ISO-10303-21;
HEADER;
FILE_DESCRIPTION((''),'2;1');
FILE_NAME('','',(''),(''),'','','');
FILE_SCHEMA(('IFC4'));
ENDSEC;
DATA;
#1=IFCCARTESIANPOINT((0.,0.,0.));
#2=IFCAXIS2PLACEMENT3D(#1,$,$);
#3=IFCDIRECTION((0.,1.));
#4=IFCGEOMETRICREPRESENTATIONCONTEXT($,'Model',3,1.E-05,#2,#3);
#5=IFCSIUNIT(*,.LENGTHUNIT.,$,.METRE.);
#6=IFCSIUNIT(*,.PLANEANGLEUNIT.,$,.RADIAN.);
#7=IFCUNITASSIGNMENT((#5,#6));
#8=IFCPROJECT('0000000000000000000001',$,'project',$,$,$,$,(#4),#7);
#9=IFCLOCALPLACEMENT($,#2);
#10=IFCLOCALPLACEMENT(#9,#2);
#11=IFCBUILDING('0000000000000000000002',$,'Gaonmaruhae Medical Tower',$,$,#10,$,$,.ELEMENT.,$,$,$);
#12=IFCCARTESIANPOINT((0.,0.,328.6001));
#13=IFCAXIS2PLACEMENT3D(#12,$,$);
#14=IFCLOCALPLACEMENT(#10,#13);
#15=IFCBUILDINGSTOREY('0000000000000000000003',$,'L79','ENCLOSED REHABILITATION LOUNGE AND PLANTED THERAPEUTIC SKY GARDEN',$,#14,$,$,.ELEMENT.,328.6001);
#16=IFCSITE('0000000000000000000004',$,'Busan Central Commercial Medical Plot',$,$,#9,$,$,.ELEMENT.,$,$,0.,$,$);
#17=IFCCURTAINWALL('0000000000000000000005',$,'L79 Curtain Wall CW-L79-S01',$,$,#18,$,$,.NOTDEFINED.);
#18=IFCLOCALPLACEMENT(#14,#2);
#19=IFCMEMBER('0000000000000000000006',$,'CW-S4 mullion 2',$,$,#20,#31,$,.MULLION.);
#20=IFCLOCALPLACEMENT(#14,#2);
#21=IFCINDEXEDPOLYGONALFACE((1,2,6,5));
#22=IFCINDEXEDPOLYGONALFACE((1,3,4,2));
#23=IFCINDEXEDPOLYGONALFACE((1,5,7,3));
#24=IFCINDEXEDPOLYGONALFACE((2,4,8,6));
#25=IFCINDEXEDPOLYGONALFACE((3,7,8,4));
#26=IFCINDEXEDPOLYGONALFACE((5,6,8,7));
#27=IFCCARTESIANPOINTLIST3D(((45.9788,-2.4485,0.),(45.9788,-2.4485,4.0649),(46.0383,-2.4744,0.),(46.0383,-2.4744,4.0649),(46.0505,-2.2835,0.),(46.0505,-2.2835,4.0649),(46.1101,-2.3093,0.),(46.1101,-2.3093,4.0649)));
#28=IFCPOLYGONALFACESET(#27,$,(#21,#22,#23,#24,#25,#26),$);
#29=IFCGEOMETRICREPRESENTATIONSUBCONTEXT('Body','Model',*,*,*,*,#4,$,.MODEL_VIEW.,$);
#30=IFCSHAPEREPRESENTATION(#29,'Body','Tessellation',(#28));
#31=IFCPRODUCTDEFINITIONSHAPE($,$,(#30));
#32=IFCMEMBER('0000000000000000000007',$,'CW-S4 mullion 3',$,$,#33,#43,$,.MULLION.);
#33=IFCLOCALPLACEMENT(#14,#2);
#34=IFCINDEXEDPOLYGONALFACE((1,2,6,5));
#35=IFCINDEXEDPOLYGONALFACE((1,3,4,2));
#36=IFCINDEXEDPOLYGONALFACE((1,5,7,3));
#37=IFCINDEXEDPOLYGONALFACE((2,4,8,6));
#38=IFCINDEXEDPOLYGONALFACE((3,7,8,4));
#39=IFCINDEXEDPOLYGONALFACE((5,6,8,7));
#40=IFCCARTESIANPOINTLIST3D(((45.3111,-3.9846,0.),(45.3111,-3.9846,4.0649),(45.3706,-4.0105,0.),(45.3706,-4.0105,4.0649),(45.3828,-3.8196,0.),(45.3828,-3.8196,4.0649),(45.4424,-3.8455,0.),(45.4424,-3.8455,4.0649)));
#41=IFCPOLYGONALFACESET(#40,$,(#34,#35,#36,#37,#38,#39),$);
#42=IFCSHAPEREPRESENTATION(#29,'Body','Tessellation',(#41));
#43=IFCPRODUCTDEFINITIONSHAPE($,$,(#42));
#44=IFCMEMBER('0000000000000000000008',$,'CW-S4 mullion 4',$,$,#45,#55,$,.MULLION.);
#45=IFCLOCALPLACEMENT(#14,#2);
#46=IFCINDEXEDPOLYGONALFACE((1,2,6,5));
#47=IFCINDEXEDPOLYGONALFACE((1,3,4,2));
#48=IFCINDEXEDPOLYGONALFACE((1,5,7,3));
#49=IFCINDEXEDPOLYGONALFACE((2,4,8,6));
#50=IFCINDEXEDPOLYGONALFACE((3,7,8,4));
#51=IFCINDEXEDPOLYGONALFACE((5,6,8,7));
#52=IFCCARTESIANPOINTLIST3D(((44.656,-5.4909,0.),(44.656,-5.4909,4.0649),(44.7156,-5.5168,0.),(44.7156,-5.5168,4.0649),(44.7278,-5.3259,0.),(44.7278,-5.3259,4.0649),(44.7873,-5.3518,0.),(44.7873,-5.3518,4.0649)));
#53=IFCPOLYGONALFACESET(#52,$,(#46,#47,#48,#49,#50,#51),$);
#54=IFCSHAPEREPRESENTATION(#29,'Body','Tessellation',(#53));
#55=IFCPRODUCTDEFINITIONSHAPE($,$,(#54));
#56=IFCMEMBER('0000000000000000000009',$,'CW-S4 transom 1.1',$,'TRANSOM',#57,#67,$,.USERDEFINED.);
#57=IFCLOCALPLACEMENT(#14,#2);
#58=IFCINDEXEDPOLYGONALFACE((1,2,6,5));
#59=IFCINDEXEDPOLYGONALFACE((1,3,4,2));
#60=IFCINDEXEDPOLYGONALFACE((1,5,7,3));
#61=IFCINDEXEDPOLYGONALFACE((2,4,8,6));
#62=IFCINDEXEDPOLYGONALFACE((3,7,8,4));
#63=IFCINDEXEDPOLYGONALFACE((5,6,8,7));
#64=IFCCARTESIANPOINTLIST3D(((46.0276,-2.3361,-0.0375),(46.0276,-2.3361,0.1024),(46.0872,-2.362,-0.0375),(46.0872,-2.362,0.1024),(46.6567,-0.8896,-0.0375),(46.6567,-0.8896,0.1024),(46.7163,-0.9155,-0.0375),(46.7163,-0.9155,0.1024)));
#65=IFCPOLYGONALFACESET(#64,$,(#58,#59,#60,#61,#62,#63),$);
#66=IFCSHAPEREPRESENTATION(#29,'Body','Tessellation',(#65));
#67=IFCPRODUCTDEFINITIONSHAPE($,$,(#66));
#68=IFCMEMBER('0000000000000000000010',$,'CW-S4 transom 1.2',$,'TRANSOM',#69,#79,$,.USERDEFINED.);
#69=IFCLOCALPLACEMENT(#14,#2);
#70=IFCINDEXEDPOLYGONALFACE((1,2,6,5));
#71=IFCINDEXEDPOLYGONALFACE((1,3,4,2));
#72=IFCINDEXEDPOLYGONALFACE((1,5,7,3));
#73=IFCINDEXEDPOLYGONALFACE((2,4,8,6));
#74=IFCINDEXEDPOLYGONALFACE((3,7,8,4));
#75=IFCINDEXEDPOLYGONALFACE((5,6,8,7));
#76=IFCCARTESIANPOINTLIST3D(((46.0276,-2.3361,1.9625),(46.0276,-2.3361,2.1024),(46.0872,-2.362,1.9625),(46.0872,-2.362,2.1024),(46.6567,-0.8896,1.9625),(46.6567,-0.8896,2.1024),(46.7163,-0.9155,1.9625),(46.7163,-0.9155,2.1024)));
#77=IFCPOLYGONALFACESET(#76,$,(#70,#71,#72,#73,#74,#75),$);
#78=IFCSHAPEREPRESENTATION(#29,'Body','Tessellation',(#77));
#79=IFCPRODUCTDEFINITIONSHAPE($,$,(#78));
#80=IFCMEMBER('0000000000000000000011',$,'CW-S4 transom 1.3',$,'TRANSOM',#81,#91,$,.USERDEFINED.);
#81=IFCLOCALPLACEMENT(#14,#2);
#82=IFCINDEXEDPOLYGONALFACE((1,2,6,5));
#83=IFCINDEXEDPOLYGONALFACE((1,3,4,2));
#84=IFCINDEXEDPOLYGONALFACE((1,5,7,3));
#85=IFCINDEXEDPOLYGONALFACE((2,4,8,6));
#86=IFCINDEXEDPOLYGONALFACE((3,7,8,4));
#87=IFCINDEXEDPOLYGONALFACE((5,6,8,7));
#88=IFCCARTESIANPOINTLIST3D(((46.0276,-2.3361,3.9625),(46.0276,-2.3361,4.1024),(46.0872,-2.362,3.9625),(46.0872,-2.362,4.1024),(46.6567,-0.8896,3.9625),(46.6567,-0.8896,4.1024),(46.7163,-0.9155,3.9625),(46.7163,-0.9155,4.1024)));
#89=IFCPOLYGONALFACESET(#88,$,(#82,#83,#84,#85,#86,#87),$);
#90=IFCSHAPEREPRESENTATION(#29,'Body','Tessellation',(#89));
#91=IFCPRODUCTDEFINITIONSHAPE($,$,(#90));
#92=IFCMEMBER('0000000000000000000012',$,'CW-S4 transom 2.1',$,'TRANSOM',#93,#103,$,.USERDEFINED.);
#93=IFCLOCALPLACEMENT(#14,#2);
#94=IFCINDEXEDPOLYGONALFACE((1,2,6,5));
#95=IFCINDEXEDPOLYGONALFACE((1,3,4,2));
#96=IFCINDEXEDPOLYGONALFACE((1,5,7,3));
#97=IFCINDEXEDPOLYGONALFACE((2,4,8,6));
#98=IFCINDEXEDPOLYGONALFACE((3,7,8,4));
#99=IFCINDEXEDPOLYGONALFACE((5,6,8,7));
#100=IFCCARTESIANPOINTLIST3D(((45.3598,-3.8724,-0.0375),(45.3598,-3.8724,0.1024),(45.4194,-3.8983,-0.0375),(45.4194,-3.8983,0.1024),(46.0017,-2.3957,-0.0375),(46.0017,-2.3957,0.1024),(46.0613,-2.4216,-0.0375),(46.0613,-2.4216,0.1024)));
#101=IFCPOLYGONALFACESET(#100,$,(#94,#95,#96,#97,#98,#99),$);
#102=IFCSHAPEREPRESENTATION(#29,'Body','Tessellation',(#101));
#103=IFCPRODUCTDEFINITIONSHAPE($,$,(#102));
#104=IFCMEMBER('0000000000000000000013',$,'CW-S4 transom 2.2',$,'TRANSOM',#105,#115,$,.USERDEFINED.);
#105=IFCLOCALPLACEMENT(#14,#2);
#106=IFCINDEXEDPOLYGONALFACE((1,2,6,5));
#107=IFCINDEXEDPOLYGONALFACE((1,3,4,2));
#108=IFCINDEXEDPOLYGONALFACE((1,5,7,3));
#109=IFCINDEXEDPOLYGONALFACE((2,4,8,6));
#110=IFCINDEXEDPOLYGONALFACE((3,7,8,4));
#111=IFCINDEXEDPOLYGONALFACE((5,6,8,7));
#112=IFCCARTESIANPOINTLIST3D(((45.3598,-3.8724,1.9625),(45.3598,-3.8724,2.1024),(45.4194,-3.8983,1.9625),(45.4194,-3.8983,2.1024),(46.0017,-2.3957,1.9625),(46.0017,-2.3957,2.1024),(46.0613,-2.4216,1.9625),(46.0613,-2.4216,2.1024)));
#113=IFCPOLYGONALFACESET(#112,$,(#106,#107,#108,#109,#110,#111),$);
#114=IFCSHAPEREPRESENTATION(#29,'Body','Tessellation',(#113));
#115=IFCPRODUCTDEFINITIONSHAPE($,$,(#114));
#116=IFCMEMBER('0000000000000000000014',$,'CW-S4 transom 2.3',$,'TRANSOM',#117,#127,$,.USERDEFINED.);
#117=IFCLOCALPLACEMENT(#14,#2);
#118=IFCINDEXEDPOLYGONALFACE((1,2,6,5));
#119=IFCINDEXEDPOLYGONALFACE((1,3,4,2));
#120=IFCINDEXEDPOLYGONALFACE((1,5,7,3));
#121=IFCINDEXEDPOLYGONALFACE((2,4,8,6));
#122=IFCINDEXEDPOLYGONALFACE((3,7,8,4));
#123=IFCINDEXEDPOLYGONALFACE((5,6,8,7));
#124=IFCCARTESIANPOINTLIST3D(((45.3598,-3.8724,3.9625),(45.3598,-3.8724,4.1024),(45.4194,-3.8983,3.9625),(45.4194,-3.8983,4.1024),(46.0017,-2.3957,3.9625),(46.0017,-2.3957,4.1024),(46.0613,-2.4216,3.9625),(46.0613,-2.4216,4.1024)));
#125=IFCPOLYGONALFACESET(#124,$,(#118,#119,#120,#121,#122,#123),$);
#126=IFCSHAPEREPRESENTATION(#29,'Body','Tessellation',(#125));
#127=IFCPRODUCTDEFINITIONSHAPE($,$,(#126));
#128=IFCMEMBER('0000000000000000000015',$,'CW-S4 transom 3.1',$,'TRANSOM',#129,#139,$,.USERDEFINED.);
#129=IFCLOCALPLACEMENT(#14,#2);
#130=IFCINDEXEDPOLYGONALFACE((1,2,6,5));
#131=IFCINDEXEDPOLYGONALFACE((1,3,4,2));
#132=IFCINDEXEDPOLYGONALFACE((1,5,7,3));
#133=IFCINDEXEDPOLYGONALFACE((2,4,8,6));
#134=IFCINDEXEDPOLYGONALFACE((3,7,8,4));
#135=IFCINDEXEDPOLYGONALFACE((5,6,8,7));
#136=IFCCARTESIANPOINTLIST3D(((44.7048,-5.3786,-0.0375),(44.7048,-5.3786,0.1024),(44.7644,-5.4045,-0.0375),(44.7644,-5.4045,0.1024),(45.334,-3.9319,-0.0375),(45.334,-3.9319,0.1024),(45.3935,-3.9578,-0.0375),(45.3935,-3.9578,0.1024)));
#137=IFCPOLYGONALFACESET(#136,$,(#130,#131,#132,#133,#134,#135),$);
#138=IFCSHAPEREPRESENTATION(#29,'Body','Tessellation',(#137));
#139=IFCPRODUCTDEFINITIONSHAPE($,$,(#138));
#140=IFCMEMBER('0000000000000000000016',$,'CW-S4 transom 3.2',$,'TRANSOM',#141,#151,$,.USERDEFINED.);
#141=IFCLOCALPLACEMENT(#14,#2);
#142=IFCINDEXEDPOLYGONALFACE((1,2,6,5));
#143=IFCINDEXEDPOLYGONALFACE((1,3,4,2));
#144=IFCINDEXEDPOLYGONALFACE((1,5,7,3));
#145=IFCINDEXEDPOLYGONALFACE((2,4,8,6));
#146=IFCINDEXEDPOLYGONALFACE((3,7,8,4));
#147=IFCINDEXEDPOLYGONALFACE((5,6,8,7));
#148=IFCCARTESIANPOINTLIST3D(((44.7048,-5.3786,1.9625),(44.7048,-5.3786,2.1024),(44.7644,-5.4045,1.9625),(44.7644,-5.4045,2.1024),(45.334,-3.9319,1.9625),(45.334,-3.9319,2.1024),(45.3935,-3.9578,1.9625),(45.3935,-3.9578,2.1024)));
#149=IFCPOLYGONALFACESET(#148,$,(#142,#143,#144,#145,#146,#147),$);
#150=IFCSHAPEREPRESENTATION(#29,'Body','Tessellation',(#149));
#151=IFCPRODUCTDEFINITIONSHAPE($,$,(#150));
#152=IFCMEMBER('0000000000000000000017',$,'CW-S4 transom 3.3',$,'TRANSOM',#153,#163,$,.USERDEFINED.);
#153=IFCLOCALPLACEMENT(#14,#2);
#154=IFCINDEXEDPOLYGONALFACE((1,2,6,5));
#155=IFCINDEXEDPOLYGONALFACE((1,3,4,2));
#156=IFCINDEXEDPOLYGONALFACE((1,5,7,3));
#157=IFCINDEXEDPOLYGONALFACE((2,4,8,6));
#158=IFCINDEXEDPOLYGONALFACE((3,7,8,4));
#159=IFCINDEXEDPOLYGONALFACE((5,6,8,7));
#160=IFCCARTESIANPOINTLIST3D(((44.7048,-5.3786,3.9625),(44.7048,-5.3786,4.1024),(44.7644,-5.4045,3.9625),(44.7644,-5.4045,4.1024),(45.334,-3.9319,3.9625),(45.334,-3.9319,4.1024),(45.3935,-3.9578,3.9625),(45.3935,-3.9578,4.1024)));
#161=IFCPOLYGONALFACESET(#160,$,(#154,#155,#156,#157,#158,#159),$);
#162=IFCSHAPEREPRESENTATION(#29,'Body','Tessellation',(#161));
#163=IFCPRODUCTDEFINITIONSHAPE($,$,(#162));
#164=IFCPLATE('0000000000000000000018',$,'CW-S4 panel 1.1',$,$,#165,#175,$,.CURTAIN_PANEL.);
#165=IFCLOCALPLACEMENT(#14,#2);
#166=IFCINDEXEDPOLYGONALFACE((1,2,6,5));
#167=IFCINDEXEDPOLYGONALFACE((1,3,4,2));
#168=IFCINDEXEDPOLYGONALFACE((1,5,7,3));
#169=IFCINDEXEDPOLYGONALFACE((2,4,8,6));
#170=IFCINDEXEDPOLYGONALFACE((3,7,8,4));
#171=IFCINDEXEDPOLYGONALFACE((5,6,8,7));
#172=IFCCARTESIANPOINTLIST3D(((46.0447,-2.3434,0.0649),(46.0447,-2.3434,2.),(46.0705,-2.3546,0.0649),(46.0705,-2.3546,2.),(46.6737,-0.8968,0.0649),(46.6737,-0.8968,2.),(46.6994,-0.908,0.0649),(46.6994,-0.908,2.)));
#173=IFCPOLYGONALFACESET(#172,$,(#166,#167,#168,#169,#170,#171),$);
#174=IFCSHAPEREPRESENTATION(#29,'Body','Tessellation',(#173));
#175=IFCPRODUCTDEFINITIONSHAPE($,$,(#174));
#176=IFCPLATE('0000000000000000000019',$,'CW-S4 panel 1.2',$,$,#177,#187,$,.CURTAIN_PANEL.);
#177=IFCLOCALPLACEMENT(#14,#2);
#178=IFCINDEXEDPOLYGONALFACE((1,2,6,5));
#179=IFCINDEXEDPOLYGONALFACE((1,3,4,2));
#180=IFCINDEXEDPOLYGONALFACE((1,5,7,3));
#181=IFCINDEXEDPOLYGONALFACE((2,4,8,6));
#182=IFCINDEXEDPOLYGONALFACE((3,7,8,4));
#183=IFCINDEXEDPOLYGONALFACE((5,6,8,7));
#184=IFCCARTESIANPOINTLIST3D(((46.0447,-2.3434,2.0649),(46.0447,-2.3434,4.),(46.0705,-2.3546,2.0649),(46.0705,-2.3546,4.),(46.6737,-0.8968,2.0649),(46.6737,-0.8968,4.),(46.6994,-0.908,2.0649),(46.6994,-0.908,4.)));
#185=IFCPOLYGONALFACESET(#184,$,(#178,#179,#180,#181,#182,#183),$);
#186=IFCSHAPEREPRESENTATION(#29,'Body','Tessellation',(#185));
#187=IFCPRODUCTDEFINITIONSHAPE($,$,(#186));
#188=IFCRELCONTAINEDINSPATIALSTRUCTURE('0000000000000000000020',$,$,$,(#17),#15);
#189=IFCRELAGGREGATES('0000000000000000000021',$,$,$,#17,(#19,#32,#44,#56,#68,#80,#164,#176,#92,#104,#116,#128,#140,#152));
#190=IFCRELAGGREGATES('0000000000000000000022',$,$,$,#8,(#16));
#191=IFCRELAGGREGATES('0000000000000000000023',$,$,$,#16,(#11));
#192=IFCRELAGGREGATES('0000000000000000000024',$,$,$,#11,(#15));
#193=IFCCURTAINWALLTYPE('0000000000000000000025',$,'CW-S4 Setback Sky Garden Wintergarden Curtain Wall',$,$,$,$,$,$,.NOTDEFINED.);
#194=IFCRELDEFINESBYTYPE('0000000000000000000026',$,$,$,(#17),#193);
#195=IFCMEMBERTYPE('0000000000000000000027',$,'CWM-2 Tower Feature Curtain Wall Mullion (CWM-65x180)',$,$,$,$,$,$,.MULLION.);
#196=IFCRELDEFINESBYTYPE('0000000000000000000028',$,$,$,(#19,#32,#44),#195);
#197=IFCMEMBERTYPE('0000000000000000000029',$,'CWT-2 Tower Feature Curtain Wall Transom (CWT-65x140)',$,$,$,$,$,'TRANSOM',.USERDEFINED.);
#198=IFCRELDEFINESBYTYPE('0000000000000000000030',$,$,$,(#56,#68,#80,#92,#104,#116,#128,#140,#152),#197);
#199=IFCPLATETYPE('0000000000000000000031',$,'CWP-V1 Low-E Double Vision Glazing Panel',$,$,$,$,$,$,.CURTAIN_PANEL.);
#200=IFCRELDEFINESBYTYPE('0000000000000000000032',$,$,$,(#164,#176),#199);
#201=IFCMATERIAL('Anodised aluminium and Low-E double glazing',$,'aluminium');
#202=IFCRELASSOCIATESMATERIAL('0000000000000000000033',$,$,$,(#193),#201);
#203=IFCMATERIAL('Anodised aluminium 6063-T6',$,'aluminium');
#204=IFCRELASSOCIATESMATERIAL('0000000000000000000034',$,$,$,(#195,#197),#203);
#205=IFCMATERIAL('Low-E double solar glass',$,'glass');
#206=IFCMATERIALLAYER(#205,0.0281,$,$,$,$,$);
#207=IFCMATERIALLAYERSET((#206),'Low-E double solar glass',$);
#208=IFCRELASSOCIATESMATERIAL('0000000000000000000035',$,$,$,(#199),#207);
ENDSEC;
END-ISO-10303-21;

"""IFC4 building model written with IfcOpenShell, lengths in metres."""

from ifc_helpers import new_model, si_unit, direction, frame, origin, origin_2d, place, context, subcontext, project, spatial, rectangle, extrude, material, layer, layer_set, material_profile, profile_set, type_object, element, aggregate, save


model = new_model("IFC4")

# Units and contexts
model_context = context("Model", 3, precision=1e-05, world=origin(), true_north=direction((0.0, 1.0)))
body_context = subcontext(model_context, "Body", "Model", "MODEL_VIEW")
ifc_project = project(units=[si_unit("LENGTHUNIT", "METRE"), si_unit("PLANEANGLEUNIT", "RADIAN")], contexts=[model_context])

# Site, building, storey
site_placement = place(None, origin())
site = spatial("IfcSite", under=ifc_project, at=site_placement, Name="Busan Central Commercial Medical Plot", CompositionType="ELEMENT", RefElevation=0.0)
building_placement = place(site_placement, origin())
building = spatial("IfcBuilding", under=site, at=building_placement, Name="Gaonmaruhae Medical Tower", CompositionType="ELEMENT")
storey_placement = place(building_placement, frame((0.0, 0.0, 328.6001)))
storey = spatial("IfcBuildingStorey", under=building, at=storey_placement, Name="L79", Description="ENCLOSED REHABILITATION LOUNGE AND PLANTED THERAPEUTIC SKY GARDEN", CompositionType="ELEMENT", Elevation=328.6001)

# Curtain wall, members, plates
ifc_material_1 = material(Name="Anodised aluminium and Low-E double glazing", Category="aluminium")
curtain_wall_type = type_object("IfcCurtainWallType", Name="CW-S4 Setback Sky Garden Wintergarden Curtain Wall", PredefinedType="NOTDEFINED", material=ifc_material_1)
curtain_wall_placement = place(storey_placement, origin())
curtain_wall = element("IfcCurtainWall", 1, at=curtain_wall_placement, inside=storey, type_object=curtain_wall_type, Name="L79 Curtain Wall CW-L79-S01", PredefinedType="NOTDEFINED")
ifc_material_2 = material(Name="Anodised aluminium 6063-T6", Category="aluminium")
ifc_material_profile_1 = material_profile(ifc_material_2, rectangle(XDim=0.0649, YDim=0.1799, at=origin_2d()), Name="CWM-65x180")
ifc_profile_set_1 = profile_set([ifc_material_profile_1], Name="Anodised aluminium 6063-T6")
member_type_1 = type_object("IfcMemberType", Name="CWM-2 Tower Feature Curtain Wall Mullion (CWM-65x180)", PredefinedType="MULLION", material=ifc_profile_set_1)
member_1_placement = place(storey_placement, frame((46.0444, -2.3789, 0.0), z_axis=(0.0, 0.0, 1.0), x_axis=(0.917068, -0.398732, 0.0)))
member_1 = element("IfcMember", 2, at=member_1_placement, type_object=member_type_1, Name="CW-S4 mullion 2", PredefinedType="MULLION", context=body_context, shape_type="SweptSolid", body=[
    extrude(rectangle(XDim=0.0649, YDim=0.1799, at=origin_2d()), origin(), (0.0, 0.0, 1.0), 4.0649),
])
member_2_placement = place(storey_placement, frame((45.3767, -3.915, 0.0), z_axis=(0.0, 0.0, 1.0), x_axis=(0.917068, -0.398732, 0.0)))
member_2 = element("IfcMember", 3, at=member_2_placement, type_object=member_type_1, Name="CW-S4 mullion 3", PredefinedType="MULLION", context=body_context, shape_type="SweptSolid", body=[
    extrude(rectangle(XDim=0.0649, YDim=0.1799, at=origin_2d()), origin(), (0.0, 0.0, 1.0), 4.0649),
])
member_3_placement = place(storey_placement, frame((44.7217, -5.4214, 0.0), z_axis=(0.0, 0.0, 1.0), x_axis=(0.917068, -0.398732, 0.0)))
member_3 = element("IfcMember", 4, at=member_3_placement, type_object=member_type_1, Name="CW-S4 mullion 4", PredefinedType="MULLION", context=body_context, shape_type="SweptSolid", body=[
    extrude(rectangle(XDim=0.0649, YDim=0.1799, at=origin_2d()), origin(), (0.0, 0.0, 1.0), 4.0649),
])
ifc_material_profile_2 = material_profile(ifc_material_2, rectangle(XDim=0.0649, YDim=0.1399, at=origin_2d()), Name="CWT-65x140")
ifc_profile_set_2 = profile_set([ifc_material_profile_2], Name="Anodised aluminium 6063-T6")
member_type_2 = type_object("IfcMemberType", Name="CWT-2 Tower Feature Curtain Wall Transom (CWT-65x140)", ElementType="TRANSOM", PredefinedType="USERDEFINED", material=ifc_profile_set_2)
member_4_placement = place(storey_placement, frame((46.6865, -0.9026, 0.0325), z_axis=(-0.398845, -0.917018, 0.0), x_axis=(0.917018, -0.398845, 0.0)))
member_4 = element("IfcMember", 5, at=member_4_placement, type_object=member_type_2, Name="CW-S4 transom 1.1", ObjectType="TRANSOM", PredefinedType="USERDEFINED", context=body_context, shape_type="SweptSolid", body=[
    extrude(rectangle(XDim=0.0649, YDim=0.1399, at=origin_2d()), origin(), (0.0, 0.0, 1.0), 1.5774),
])
member_5_placement = place(storey_placement, frame((46.6865, -0.9026, 2.0325), z_axis=(-0.398845, -0.917018, 0.0), x_axis=(0.917018, -0.398845, 0.0)))
member_5 = element("IfcMember", 6, at=member_5_placement, type_object=member_type_2, Name="CW-S4 transom 1.2", ObjectType="TRANSOM", PredefinedType="USERDEFINED", context=body_context, shape_type="SweptSolid", body=[
    extrude(rectangle(XDim=0.0649, YDim=0.1399, at=origin_2d()), origin(), (0.0, 0.0, 1.0), 1.5774),
])
member_6_placement = place(storey_placement, frame((46.6865, -0.9026, 4.0325), z_axis=(-0.398845, -0.917018, 0.0), x_axis=(0.917018, -0.398845, 0.0)))
member_6 = element("IfcMember", 7, at=member_6_placement, type_object=member_type_2, Name="CW-S4 transom 1.3", ObjectType="TRANSOM", PredefinedType="USERDEFINED", context=body_context, shape_type="SweptSolid", body=[
    extrude(rectangle(XDim=0.0649, YDim=0.1399, at=origin_2d()), origin(), (0.0, 0.0, 1.0), 1.5774),
])
member_7_placement = place(storey_placement, frame((46.0315, -2.4087, 0.0325), z_axis=(-0.398654, -0.917101, 0.0), x_axis=(0.917101, -0.398654, 0.0)))
member_7 = element("IfcMember", 8, at=member_7_placement, type_object=member_type_2, Name="CW-S4 transom 2.1", ObjectType="TRANSOM", PredefinedType="USERDEFINED", context=body_context, shape_type="SweptSolid", body=[
    extrude(rectangle(XDim=0.0649, YDim=0.1399, at=origin_2d()), origin(), (0.0, 0.0, 1.0), 1.6101),
])
member_8_placement = place(storey_placement, frame((46.0315, -2.4087, 2.0325), z_axis=(-0.398654, -0.917101, 0.0), x_axis=(0.917101, -0.398654, 0.0)))
member_8 = element("IfcMember", 9, at=member_8_placement, type_object=member_type_2, Name="CW-S4 transom 2.2", ObjectType="TRANSOM", PredefinedType="USERDEFINED", context=body_context, shape_type="SweptSolid", body=[
    extrude(rectangle(XDim=0.0649, YDim=0.1399, at=origin_2d()), origin(), (0.0, 0.0, 1.0), 1.6101),
])
member_9_placement = place(storey_placement, frame((46.0315, -2.4087, 4.0325), z_axis=(-0.398654, -0.917101, 0.0), x_axis=(0.917101, -0.398654, 0.0)))
member_9 = element("IfcMember", 10, at=member_9_placement, type_object=member_type_2, Name="CW-S4 transom 2.3", ObjectType="TRANSOM", PredefinedType="USERDEFINED", context=body_context, shape_type="SweptSolid", body=[
    extrude(rectangle(XDim=0.0649, YDim=0.1399, at=origin_2d()), origin(), (0.0, 0.0, 1.0), 1.6101),
])
member_10_placement = place(storey_placement, frame((45.3638, -3.9448, 0.0325), z_axis=(-0.398788, -0.917043, 0.0), x_axis=(0.917043, -0.398788, 0.0)))
member_10 = element("IfcMember", 11, at=member_10_placement, type_object=member_type_2, Name="CW-S4 transom 3.1", ObjectType="TRANSOM", PredefinedType="USERDEFINED", context=body_context, shape_type="SweptSolid", body=[
    extrude(rectangle(XDim=0.0649, YDim=0.1399, at=origin_2d()), origin(), (0.0, 0.0, 1.0), 1.5776),
])
member_11_placement = place(storey_placement, frame((45.3638, -3.9448, 2.0325), z_axis=(-0.398788, -0.917043, 0.0), x_axis=(0.917043, -0.398788, 0.0)))
member_11 = element("IfcMember", 12, at=member_11_placement, type_object=member_type_2, Name="CW-S4 transom 3.2", ObjectType="TRANSOM", PredefinedType="USERDEFINED", context=body_context, shape_type="SweptSolid", body=[
    extrude(rectangle(XDim=0.0649, YDim=0.1399, at=origin_2d()), origin(), (0.0, 0.0, 1.0), 1.5776),
])
member_12_placement = place(storey_placement, frame((45.3638, -3.9448, 4.0325), z_axis=(-0.398788, -0.917043, 0.0), x_axis=(0.917043, -0.398788, 0.0)))
member_12 = element("IfcMember", 13, at=member_12_placement, type_object=member_type_2, Name="CW-S4 transom 3.3", ObjectType="TRANSOM", PredefinedType="USERDEFINED", context=body_context, shape_type="SweptSolid", body=[
    extrude(rectangle(XDim=0.0649, YDim=0.1399, at=origin_2d()), origin(), (0.0, 0.0, 1.0), 1.5776),
])
ifc_material_3 = material(Name="Low-E double solar glass", Category="glass")
ifc_layer_1 = layer(ifc_material_3, 0.0281)
ifc_layer_set_1 = layer_set([ifc_layer_1], Name="Low-E double solar glass")
plate_type = type_object("IfcPlateType", Name="CWP-V1 Low-E Double Vision Glazing Panel", PredefinedType="CURTAIN_PANEL", material=ifc_layer_set_1)
plate_1_placement = place(storey_placement, frame((46.3721, -1.6257, 0.0649), z_axis=(0.0, 0.0, 1.0), x_axis=(-0.398732, -0.917068, 0.0)))
plate_1 = element("IfcPlate", 14, at=plate_1_placement, type_object=plate_type, Name="CW-S4 panel 1.1", PredefinedType="CURTAIN_PANEL", context=body_context, shape_type="SweptSolid", body=[
    extrude(rectangle(XDim=1.5774, YDim=0.0281, at=origin_2d()), origin(), (0.0, 0.0, 1.0), 1.9351),
])
plate_2_placement = place(storey_placement, frame((46.3721, -1.6257, 2.0649), z_axis=(0.0, 0.0, 1.0), x_axis=(-0.398732, -0.917068, 0.0)))
plate_2 = element("IfcPlate", 15, at=plate_2_placement, type_object=plate_type, Name="CW-S4 panel 1.2", PredefinedType="CURTAIN_PANEL", context=body_context, shape_type="SweptSolid", body=[
    extrude(rectangle(XDim=1.5774, YDim=0.0281, at=origin_2d()), origin(), (0.0, 0.0, 1.0), 1.9351),
])
aggregate(curtain_wall, [member_1, member_2, member_3, member_4, member_5, member_6, plate_1, plate_2, member_7, member_8, member_9, member_10, member_11, member_12])

save(model, "model.ifc")
